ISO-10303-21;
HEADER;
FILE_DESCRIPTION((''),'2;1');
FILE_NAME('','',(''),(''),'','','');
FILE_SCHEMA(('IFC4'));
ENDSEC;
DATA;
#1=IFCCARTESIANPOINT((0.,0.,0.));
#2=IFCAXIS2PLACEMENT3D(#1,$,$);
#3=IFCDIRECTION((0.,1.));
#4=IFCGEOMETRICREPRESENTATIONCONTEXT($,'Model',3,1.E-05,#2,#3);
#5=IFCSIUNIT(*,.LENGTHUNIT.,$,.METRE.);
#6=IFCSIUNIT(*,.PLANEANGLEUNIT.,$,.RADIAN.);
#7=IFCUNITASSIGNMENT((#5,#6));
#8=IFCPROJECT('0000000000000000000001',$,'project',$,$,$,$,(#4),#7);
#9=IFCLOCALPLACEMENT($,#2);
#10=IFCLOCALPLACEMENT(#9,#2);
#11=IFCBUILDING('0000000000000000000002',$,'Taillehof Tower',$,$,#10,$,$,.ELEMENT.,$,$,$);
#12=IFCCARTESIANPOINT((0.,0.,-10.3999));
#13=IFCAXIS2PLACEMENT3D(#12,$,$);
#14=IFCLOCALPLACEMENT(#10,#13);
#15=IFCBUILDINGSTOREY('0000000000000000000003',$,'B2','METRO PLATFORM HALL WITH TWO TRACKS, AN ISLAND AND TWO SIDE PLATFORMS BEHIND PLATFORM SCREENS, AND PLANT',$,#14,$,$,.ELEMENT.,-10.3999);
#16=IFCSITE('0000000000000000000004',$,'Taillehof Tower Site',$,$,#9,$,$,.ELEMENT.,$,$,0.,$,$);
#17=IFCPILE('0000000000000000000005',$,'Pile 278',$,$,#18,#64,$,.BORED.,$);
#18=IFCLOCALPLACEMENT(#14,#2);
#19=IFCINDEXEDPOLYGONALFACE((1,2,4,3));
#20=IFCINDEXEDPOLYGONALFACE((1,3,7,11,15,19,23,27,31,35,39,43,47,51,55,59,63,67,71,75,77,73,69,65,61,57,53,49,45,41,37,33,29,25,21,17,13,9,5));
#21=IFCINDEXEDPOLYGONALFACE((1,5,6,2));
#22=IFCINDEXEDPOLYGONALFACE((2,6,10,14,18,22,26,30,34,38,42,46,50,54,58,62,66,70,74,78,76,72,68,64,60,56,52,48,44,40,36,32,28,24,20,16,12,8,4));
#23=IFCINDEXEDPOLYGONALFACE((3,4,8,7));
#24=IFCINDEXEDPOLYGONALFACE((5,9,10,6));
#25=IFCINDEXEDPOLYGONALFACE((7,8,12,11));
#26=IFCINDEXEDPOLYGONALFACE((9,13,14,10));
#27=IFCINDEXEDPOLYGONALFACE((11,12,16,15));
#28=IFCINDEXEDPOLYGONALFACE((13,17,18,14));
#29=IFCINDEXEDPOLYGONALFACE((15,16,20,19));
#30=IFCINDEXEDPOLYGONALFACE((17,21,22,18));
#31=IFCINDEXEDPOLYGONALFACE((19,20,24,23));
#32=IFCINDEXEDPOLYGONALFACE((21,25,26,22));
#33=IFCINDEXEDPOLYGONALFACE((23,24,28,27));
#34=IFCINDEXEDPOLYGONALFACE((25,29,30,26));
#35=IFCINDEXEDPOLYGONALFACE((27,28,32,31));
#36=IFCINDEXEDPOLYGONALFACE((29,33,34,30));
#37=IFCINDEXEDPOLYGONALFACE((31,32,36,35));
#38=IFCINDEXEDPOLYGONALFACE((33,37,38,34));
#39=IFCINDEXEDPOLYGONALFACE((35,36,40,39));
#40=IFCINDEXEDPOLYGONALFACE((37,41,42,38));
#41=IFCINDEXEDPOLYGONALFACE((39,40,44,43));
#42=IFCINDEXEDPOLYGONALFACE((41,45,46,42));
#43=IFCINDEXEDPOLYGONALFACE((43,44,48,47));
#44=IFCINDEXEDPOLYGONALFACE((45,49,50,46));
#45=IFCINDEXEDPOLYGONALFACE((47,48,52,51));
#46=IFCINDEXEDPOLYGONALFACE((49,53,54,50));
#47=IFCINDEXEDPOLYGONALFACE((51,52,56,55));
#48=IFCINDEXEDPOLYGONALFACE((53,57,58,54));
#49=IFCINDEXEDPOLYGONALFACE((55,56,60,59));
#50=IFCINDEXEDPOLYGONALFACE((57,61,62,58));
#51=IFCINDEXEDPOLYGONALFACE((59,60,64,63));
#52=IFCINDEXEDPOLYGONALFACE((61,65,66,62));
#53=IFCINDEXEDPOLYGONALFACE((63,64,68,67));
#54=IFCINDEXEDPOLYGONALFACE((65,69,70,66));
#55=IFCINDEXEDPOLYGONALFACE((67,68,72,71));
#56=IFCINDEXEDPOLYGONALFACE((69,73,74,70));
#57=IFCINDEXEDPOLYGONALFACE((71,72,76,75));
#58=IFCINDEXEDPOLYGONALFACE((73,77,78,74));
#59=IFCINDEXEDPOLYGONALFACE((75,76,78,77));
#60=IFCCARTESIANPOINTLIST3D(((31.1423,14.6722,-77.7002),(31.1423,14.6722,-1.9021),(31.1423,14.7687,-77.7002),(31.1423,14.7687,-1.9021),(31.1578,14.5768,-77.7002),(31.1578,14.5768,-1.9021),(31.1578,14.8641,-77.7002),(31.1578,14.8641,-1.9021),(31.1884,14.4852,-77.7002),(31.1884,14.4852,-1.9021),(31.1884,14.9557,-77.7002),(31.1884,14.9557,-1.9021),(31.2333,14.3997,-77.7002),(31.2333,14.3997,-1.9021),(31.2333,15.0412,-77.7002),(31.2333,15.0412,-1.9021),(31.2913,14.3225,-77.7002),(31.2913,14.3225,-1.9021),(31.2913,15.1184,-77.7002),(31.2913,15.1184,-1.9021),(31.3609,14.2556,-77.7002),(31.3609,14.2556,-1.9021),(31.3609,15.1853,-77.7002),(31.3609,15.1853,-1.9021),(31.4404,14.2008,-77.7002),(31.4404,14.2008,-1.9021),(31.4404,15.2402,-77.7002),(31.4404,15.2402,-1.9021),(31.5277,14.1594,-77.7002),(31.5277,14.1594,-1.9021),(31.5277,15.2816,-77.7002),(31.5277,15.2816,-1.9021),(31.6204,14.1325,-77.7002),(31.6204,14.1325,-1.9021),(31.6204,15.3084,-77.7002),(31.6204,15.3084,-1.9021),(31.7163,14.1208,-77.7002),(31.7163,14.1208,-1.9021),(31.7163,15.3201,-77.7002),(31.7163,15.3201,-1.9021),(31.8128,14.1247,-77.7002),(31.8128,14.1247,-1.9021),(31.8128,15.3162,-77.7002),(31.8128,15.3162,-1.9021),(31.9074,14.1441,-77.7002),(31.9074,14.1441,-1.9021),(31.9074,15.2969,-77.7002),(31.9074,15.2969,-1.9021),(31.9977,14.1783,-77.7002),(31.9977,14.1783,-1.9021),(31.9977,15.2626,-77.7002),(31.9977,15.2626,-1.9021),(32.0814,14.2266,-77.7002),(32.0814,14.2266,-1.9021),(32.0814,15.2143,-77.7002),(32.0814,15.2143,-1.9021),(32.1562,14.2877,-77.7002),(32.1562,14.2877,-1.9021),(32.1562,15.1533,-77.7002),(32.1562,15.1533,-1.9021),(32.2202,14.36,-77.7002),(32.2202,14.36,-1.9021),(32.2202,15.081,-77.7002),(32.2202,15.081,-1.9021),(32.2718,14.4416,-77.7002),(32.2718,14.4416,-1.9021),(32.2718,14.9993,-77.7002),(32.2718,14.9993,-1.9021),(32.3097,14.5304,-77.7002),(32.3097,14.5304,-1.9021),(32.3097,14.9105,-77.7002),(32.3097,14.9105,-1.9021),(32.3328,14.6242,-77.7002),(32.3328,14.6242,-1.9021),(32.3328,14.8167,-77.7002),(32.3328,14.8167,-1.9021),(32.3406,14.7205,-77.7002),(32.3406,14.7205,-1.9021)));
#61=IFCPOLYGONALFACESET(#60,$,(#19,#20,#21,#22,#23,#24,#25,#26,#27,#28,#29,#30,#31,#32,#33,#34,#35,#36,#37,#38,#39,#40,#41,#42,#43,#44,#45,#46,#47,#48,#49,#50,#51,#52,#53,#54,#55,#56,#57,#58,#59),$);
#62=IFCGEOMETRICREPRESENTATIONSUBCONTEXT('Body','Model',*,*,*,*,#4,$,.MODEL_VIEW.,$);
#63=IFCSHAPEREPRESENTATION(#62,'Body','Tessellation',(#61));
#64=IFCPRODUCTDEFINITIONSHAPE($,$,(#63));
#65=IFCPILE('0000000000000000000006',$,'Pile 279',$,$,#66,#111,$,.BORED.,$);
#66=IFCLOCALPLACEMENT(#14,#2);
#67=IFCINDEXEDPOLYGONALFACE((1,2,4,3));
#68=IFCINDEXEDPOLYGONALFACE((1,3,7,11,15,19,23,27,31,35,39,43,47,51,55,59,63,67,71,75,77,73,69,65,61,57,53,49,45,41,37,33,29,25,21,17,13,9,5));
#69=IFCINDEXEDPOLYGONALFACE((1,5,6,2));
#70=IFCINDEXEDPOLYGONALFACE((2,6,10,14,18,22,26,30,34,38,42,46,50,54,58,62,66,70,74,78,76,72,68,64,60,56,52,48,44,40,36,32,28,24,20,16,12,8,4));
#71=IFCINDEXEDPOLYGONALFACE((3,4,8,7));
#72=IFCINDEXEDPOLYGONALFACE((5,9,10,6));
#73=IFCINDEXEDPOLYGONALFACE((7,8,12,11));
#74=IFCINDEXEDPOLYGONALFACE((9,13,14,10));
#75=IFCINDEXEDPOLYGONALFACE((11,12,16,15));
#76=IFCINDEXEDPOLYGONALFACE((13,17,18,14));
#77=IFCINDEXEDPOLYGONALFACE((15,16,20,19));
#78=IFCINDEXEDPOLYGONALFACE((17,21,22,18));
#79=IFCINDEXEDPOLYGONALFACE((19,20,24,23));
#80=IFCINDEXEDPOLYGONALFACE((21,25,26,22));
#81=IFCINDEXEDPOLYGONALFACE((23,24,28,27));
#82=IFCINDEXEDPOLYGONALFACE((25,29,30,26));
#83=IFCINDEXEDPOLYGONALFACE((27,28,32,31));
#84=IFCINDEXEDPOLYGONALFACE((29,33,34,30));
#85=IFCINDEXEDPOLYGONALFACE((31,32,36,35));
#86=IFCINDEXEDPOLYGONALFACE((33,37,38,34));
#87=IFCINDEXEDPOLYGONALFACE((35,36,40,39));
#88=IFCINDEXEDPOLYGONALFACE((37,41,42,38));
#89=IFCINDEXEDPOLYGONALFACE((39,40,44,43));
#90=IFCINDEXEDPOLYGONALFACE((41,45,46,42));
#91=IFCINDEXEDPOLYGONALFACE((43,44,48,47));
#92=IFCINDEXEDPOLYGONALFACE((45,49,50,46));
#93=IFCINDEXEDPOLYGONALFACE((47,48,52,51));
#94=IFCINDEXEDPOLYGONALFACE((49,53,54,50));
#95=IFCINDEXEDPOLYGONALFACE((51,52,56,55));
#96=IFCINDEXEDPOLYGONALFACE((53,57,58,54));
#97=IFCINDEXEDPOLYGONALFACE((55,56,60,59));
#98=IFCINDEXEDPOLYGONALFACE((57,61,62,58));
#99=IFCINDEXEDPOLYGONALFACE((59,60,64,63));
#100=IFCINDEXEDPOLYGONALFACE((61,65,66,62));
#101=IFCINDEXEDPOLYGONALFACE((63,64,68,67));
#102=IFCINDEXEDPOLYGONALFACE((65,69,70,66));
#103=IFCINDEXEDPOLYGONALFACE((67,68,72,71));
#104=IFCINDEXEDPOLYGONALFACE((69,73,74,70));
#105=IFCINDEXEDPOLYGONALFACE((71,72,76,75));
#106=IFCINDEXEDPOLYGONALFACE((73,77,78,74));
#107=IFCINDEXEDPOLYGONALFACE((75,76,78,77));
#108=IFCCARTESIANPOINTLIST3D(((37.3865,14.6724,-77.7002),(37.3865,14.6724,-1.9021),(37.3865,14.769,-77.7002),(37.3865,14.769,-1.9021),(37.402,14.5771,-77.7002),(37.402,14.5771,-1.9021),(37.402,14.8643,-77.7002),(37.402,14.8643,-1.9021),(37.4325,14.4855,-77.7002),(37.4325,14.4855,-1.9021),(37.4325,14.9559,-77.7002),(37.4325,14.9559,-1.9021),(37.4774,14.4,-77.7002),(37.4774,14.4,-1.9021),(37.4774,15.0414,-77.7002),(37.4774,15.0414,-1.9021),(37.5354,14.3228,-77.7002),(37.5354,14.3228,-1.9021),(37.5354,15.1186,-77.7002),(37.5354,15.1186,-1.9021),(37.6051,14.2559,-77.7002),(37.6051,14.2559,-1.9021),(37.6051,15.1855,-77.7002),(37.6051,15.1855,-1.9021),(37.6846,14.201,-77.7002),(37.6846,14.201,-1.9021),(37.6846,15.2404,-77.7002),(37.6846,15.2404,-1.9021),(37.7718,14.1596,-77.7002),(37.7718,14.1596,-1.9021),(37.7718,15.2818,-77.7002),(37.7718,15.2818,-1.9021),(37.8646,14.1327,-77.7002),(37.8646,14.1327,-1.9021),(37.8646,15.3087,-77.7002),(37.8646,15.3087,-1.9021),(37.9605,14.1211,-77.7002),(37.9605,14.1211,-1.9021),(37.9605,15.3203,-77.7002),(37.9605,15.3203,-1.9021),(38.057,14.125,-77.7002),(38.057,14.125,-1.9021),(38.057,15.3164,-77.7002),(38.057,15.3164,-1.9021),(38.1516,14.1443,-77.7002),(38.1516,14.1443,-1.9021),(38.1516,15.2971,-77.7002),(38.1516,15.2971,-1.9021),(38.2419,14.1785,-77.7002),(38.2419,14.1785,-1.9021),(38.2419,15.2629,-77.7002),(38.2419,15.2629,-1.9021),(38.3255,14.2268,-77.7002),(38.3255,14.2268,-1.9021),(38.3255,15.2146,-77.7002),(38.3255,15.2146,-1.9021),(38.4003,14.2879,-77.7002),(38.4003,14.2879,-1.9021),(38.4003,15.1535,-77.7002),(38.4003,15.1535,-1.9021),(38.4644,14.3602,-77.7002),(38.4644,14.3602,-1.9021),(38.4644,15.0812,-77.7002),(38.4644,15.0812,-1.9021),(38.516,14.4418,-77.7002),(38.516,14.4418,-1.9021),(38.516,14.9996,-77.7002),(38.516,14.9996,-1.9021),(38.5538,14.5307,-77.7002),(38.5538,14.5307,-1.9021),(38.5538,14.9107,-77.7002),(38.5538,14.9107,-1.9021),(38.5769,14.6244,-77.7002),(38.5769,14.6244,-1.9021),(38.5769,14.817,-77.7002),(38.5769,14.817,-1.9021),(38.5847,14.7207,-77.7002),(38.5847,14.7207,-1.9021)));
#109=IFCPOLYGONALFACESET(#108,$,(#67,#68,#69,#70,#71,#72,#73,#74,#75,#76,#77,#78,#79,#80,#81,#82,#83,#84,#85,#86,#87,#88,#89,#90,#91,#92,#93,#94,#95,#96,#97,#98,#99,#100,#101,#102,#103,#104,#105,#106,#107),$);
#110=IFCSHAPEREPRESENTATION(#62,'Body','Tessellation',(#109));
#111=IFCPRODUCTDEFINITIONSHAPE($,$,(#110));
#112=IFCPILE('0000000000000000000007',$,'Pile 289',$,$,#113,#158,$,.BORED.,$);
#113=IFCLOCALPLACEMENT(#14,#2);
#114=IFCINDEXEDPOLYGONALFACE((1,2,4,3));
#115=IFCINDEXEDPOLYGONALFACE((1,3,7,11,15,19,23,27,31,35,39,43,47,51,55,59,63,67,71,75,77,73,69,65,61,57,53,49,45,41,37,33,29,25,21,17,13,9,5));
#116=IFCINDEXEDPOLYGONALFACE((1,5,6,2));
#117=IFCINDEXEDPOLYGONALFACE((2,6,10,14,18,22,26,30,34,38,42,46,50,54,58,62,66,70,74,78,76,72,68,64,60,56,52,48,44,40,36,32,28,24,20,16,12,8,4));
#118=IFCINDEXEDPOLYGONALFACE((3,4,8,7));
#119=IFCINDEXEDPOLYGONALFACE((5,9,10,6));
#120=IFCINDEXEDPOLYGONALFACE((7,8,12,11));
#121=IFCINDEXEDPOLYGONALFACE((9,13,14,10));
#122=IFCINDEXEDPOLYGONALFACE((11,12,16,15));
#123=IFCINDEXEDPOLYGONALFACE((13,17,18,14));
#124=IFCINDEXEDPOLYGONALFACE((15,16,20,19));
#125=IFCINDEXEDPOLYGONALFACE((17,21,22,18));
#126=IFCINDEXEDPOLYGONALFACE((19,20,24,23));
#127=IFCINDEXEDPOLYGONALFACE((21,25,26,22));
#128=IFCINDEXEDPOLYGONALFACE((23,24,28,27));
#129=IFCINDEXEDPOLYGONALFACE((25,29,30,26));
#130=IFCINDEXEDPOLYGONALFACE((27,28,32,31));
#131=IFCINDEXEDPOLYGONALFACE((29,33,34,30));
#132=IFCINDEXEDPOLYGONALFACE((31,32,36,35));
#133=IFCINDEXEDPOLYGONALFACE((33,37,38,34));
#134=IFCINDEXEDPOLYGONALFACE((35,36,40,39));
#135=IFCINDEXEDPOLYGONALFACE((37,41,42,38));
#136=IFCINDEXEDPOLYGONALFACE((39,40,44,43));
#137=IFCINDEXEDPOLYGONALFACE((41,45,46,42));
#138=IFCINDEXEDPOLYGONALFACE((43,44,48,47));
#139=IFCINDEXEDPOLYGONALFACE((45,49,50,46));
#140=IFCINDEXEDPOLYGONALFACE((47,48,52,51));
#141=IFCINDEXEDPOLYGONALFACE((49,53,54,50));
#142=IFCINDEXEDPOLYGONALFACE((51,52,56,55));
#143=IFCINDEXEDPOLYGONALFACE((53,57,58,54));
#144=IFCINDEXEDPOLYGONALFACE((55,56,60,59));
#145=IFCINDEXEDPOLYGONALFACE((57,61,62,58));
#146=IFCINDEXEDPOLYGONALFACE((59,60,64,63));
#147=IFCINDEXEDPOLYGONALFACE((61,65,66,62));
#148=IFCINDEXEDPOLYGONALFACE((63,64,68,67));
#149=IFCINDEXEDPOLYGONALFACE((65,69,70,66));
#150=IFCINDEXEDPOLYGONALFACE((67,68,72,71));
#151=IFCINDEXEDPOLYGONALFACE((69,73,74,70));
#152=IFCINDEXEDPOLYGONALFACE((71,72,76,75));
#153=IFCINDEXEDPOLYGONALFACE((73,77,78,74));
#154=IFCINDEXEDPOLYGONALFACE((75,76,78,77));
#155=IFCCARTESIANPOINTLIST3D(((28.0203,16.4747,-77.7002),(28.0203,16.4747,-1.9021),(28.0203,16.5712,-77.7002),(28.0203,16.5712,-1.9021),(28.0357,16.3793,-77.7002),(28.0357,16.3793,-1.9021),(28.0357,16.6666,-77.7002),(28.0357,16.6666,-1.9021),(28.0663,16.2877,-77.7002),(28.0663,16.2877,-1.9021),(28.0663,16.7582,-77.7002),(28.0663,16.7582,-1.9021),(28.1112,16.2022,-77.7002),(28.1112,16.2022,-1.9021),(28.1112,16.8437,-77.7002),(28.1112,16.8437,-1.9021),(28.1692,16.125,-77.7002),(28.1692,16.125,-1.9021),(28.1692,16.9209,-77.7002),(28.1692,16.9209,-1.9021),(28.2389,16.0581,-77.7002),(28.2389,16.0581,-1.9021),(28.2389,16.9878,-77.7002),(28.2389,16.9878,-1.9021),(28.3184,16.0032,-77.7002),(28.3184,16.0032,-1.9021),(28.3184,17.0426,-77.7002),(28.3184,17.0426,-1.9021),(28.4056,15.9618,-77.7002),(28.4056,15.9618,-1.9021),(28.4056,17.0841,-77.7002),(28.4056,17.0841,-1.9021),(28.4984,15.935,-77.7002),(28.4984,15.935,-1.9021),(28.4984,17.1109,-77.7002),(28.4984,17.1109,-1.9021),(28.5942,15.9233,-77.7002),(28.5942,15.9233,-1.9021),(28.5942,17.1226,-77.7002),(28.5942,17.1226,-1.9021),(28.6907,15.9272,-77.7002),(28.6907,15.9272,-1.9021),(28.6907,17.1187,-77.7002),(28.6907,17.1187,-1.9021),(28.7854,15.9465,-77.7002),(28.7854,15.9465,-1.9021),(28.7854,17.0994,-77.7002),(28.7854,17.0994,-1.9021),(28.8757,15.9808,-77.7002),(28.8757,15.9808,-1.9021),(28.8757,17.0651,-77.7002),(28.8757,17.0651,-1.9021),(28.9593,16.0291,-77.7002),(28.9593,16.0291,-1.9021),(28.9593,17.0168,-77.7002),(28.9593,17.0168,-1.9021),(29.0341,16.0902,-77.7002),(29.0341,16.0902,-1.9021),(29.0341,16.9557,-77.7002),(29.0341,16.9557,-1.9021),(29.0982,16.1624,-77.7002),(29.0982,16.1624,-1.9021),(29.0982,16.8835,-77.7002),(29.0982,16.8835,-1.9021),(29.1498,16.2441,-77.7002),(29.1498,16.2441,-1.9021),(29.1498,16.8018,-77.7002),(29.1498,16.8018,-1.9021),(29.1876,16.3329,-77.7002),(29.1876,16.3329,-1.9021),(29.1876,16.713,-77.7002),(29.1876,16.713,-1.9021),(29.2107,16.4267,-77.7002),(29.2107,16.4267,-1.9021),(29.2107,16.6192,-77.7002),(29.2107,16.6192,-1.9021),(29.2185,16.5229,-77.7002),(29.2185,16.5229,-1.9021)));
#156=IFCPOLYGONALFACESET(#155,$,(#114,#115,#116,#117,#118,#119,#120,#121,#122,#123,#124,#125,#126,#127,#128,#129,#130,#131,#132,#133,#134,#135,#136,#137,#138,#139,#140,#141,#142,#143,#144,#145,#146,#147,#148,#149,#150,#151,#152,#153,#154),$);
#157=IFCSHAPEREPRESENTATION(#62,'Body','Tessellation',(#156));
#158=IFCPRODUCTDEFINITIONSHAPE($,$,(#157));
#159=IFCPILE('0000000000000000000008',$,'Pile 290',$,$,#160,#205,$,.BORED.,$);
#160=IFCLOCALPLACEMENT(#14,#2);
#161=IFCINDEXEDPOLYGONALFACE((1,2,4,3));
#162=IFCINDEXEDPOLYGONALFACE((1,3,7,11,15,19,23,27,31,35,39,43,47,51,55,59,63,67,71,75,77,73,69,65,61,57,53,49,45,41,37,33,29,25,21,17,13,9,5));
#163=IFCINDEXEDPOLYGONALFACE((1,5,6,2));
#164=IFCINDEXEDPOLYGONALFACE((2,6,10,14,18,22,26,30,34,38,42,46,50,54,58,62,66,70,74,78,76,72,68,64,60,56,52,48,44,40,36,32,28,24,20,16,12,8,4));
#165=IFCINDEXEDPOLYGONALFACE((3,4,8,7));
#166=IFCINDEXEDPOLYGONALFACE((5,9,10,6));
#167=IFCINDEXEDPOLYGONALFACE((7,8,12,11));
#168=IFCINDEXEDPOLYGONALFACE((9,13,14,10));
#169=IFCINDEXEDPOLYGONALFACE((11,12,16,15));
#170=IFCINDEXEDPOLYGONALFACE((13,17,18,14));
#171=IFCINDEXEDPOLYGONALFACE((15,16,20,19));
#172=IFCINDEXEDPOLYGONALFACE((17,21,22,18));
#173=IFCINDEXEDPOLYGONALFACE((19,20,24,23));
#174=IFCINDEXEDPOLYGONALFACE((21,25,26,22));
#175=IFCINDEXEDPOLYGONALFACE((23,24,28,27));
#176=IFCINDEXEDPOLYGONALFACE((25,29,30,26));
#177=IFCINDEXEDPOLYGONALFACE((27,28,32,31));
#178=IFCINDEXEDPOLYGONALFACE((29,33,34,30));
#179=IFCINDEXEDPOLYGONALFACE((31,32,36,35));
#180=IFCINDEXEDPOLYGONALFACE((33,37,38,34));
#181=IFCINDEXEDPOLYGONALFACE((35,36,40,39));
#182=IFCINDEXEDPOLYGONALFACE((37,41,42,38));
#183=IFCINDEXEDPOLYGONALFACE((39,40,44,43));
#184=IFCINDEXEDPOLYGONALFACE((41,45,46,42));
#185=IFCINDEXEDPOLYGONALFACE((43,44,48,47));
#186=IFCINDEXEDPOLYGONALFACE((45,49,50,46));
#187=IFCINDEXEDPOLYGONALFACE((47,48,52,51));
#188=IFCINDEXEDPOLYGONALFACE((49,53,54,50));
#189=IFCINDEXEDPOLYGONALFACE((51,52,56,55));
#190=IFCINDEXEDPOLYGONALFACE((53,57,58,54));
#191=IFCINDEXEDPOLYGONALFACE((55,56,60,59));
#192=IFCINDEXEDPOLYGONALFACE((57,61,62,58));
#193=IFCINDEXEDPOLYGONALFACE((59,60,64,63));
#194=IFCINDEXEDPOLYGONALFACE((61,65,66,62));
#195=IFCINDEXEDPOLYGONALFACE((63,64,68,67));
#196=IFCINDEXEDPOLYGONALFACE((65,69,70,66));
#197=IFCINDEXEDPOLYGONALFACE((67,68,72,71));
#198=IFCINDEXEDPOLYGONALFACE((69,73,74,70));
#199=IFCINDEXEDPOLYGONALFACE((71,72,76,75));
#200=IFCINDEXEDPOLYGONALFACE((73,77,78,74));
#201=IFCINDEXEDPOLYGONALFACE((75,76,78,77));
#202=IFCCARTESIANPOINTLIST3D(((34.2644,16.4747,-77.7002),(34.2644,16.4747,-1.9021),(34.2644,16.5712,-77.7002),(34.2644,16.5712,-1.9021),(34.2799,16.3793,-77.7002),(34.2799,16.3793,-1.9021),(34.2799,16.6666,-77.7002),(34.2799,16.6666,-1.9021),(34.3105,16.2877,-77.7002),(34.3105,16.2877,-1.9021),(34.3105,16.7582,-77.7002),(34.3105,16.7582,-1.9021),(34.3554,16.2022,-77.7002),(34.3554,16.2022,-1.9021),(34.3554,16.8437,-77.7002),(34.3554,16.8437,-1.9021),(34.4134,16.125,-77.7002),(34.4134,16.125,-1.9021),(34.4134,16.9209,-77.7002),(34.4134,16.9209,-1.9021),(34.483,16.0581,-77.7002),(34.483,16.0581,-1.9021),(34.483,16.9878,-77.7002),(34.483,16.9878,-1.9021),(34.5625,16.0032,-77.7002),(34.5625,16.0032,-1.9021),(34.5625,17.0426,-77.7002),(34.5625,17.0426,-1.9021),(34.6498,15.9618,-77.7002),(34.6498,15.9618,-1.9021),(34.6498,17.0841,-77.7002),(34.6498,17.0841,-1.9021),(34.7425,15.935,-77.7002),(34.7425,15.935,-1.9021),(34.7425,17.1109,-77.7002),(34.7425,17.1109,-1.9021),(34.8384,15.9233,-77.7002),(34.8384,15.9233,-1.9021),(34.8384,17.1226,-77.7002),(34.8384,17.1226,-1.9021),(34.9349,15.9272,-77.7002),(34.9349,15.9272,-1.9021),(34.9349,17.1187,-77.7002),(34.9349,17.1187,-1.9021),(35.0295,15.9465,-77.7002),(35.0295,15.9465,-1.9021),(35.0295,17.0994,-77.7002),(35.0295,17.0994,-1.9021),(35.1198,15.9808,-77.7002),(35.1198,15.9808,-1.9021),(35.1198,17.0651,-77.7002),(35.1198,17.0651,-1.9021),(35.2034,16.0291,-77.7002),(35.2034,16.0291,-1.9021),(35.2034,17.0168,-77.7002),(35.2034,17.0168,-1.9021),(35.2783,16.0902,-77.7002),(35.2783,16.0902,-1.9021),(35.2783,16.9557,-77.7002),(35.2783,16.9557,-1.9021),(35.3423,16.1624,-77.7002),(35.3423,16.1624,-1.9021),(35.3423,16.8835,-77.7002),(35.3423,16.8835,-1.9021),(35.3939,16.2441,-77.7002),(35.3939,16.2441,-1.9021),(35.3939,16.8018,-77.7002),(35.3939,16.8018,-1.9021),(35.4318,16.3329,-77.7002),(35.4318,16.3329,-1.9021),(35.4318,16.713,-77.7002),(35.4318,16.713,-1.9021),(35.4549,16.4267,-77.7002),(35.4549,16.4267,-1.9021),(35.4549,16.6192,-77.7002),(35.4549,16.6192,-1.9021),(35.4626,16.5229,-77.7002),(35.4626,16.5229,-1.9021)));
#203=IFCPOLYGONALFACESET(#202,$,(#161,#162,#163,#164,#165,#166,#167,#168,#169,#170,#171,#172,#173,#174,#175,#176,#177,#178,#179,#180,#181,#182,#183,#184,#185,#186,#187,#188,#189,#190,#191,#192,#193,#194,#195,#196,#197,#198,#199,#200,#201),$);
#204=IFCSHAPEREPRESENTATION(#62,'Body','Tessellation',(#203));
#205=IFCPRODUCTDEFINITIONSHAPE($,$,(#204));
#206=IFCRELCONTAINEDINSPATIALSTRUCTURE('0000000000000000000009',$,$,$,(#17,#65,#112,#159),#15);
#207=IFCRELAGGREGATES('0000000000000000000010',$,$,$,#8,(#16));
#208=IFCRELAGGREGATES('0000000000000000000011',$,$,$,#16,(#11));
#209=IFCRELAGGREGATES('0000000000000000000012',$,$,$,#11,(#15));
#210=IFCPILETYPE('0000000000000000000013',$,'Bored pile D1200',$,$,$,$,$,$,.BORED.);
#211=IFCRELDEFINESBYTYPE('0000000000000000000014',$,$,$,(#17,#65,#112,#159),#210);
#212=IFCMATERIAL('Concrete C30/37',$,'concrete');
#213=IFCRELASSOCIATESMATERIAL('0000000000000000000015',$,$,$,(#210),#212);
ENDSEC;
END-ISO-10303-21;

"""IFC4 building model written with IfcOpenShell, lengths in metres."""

from ifc_helpers import new_model, si_unit, direction, frame, origin, origin_2d, place, context, subcontext, project, spatial, circle, extrude, material, material_profile, profile_set, type_object, element, save


model = new_model("IFC4")

# Units and contexts
model_context = context("Model", 3, precision=1e-05, world=origin(), true_north=direction((0.0, 1.0)))
body_context = subcontext(model_context, "Body", "Model", "MODEL_VIEW")
ifc_project = project(units=[si_unit("LENGTHUNIT", "METRE"), si_unit("PLANEANGLEUNIT", "RADIAN")], contexts=[model_context])

# Site, building, storey
site_placement = place(None, origin())
site = spatial("IfcSite", under=ifc_project, at=site_placement, Name="Taillehof Tower Site", CompositionType="ELEMENT", RefElevation=0.0)
building_placement = place(site_placement, origin())
building = spatial("IfcBuilding", under=site, at=building_placement, Name="Taillehof Tower", CompositionType="ELEMENT")
storey_placement = place(building_placement, frame((0.0, 0.0, -10.3999)))
storey = spatial("IfcBuildingStorey", under=building, at=storey_placement, Name="B2", Description="METRO PLATFORM HALL WITH TWO TRACKS, AN ISLAND AND TWO SIDE PLATFORMS BEHIND PLATFORM SCREENS, AND PLANT", CompositionType="ELEMENT", Elevation=-10.3999)

# Piles
ifc_material_1 = material(Name="Concrete C30/37", Category="concrete")
ifc_material_profile_1 = material_profile(ifc_material_1, circle(Radius=0.6001, at=origin_2d()), Name="BP D1200")
ifc_profile_set_1 = profile_set([ifc_material_profile_1], Name="Concrete C30/37")
pile_type = type_object("IfcPileType", Name="Bored pile D1200", PredefinedType="BORED", material=ifc_profile_set_1)
for number, where, z_axis, x_axis, name in (
    (1, (31.7405, 14.7205, -1.9021), (0.0, 0.0, -1.0), (1.0, 0.0, 0.0), "Pile 278"),
    (2, (37.9846, 14.7207, -1.9021), (0.0, 0.0, -1.0), (1.0, 0.0, 0.0), "Pile 279"),
    (3, (28.6184, 16.5229, -1.9021), (0.0, 0.0, -1.0), (1.0, 0.0, 0.0), "Pile 289"),
    (4, (34.8625, 16.5229, -1.9021), (0.0, 0.0, -1.0), (1.0, 0.0, 0.0), "Pile 290"),
):
    element("IfcPile", number, at=place(storey_placement, frame(where, z_axis=z_axis, x_axis=x_axis)), inside=storey, type_object=pile_type, Name=name, PredefinedType="BORED", context=body_context, shape_type="SweptSolid", body=[
        extrude(circle(Radius=0.6001, at=origin_2d()), origin(), (0.0, 0.0, 1.0), 75.7981),
    ])

save(model, "model.ifc")
